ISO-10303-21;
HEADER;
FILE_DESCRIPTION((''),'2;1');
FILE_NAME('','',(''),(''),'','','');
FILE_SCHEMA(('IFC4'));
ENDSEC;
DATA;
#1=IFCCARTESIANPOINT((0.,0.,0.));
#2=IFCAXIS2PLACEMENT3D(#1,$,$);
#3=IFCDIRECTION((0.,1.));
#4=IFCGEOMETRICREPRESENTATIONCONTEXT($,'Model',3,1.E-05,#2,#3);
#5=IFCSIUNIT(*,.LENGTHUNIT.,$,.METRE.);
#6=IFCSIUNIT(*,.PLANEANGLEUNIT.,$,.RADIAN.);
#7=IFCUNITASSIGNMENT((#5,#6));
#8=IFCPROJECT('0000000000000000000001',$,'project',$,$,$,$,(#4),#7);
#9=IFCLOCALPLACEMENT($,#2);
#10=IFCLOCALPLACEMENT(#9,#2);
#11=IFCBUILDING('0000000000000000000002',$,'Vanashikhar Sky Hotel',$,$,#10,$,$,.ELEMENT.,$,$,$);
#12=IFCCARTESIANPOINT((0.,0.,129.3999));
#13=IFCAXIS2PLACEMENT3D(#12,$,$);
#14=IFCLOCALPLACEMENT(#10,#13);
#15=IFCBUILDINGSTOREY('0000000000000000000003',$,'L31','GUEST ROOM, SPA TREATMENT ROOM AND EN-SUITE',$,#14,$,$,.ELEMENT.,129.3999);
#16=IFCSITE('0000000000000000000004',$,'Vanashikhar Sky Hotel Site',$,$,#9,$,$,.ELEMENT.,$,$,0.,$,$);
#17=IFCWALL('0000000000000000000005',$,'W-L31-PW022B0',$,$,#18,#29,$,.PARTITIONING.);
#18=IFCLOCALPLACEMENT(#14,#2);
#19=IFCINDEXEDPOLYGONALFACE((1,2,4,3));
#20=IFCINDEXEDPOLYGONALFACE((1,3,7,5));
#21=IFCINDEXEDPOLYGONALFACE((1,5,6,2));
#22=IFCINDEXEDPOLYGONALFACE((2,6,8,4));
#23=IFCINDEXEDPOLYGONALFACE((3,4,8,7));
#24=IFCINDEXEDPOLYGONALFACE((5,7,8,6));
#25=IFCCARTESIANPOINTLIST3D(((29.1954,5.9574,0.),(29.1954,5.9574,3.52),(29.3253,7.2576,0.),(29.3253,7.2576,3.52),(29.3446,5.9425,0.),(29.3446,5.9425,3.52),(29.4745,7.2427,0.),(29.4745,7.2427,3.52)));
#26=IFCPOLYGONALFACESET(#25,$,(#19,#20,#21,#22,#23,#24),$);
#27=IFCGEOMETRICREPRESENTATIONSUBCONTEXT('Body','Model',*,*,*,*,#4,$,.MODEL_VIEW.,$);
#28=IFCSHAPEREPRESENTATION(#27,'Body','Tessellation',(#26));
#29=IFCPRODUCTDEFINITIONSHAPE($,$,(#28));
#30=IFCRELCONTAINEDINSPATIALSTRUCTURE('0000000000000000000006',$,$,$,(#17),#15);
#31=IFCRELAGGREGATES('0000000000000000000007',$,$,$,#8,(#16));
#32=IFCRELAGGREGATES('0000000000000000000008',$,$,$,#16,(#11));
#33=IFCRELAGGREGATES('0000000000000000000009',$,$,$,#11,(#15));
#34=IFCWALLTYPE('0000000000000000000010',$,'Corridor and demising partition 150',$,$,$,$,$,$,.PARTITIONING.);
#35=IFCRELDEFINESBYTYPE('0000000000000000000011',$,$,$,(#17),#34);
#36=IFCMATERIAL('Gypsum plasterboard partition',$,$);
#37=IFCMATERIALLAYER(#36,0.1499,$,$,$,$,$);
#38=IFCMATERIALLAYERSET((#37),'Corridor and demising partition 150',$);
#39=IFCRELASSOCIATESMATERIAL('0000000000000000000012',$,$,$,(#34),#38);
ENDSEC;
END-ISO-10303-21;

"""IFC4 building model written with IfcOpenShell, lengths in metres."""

from ifc_helpers import new_model, si_unit, direction, frame, frame_2d, origin, place, context, subcontext, project, spatial, rectangle, extrude, source, transform, mapped, material, layer, layer_set, type_object, element, save


model = new_model("IFC4")

# Units and contexts
model_context = context("Model", 3, precision=1e-05, world=origin(), true_north=direction((0.0, 1.0)))
body_context = subcontext(model_context, "Body", "Model", "MODEL_VIEW")
ifc_project = project(units=[si_unit("LENGTHUNIT", "METRE"), si_unit("PLANEANGLEUNIT", "RADIAN")], contexts=[model_context])

# Site, building, storey
site_placement = place(None, origin())
site = spatial("IfcSite", under=ifc_project, at=site_placement, Name="Vanashikhar Sky Hotel Site", CompositionType="ELEMENT", RefElevation=0.0)
building_placement = place(site_placement, origin())
building = spatial("IfcBuilding", under=site, at=building_placement, Name="Vanashikhar Sky Hotel", CompositionType="ELEMENT")
storey_placement = place(building_placement, frame((0.0, 0.0, 129.3999)))
storey = spatial("IfcBuildingStorey", under=building, at=storey_placement, Name="L31", Description="GUEST ROOM, SPA TREATMENT ROOM AND EN-SUITE", CompositionType="ELEMENT", Elevation=129.3999)

# Shared definitions
ifc_material_1 = material(Name="Gypsum plasterboard partition")

# Wall
ifc_layer_1 = layer(ifc_material_1, 0.1499)
ifc_layer_set_1 = layer_set([ifc_layer_1], Name="Corridor and demising partition 150")
wall_type_1 = type_object("IfcWallType", Name="Corridor and demising partition 150", PredefinedType="PARTITIONING", material=ifc_layer_set_1)
shared_shape_1 = source(origin(), body_context, "Body", "SweptSolid", [
    extrude(rectangle(XDim=1.3066, YDim=0.1499, at=frame_2d((0.6533, 0.0))), origin(), (0.0, 0.0, 1.0), 3.52),
])
for number, where, z_axis, x_axis, name in (
    (1, (29.27, 5.95, 0.0), (0.0, 0.0, 1.0), (0.099411, 0.995046, 0.0), "W-L31-PW022B0"),
):
    element("IfcWall", number, at=place(storey_placement, frame(where, z_axis=z_axis, x_axis=x_axis)), inside=storey, type_object=wall_type_1, Name=name, PredefinedType="PARTITIONING", context=body_context, shape_type="MappedRepresentation", body=[
        mapped(shared_shape_1, transform((0.0, 0.0, 0.0), scale=1.0)),
    ])

save(model, "model.ifc")
